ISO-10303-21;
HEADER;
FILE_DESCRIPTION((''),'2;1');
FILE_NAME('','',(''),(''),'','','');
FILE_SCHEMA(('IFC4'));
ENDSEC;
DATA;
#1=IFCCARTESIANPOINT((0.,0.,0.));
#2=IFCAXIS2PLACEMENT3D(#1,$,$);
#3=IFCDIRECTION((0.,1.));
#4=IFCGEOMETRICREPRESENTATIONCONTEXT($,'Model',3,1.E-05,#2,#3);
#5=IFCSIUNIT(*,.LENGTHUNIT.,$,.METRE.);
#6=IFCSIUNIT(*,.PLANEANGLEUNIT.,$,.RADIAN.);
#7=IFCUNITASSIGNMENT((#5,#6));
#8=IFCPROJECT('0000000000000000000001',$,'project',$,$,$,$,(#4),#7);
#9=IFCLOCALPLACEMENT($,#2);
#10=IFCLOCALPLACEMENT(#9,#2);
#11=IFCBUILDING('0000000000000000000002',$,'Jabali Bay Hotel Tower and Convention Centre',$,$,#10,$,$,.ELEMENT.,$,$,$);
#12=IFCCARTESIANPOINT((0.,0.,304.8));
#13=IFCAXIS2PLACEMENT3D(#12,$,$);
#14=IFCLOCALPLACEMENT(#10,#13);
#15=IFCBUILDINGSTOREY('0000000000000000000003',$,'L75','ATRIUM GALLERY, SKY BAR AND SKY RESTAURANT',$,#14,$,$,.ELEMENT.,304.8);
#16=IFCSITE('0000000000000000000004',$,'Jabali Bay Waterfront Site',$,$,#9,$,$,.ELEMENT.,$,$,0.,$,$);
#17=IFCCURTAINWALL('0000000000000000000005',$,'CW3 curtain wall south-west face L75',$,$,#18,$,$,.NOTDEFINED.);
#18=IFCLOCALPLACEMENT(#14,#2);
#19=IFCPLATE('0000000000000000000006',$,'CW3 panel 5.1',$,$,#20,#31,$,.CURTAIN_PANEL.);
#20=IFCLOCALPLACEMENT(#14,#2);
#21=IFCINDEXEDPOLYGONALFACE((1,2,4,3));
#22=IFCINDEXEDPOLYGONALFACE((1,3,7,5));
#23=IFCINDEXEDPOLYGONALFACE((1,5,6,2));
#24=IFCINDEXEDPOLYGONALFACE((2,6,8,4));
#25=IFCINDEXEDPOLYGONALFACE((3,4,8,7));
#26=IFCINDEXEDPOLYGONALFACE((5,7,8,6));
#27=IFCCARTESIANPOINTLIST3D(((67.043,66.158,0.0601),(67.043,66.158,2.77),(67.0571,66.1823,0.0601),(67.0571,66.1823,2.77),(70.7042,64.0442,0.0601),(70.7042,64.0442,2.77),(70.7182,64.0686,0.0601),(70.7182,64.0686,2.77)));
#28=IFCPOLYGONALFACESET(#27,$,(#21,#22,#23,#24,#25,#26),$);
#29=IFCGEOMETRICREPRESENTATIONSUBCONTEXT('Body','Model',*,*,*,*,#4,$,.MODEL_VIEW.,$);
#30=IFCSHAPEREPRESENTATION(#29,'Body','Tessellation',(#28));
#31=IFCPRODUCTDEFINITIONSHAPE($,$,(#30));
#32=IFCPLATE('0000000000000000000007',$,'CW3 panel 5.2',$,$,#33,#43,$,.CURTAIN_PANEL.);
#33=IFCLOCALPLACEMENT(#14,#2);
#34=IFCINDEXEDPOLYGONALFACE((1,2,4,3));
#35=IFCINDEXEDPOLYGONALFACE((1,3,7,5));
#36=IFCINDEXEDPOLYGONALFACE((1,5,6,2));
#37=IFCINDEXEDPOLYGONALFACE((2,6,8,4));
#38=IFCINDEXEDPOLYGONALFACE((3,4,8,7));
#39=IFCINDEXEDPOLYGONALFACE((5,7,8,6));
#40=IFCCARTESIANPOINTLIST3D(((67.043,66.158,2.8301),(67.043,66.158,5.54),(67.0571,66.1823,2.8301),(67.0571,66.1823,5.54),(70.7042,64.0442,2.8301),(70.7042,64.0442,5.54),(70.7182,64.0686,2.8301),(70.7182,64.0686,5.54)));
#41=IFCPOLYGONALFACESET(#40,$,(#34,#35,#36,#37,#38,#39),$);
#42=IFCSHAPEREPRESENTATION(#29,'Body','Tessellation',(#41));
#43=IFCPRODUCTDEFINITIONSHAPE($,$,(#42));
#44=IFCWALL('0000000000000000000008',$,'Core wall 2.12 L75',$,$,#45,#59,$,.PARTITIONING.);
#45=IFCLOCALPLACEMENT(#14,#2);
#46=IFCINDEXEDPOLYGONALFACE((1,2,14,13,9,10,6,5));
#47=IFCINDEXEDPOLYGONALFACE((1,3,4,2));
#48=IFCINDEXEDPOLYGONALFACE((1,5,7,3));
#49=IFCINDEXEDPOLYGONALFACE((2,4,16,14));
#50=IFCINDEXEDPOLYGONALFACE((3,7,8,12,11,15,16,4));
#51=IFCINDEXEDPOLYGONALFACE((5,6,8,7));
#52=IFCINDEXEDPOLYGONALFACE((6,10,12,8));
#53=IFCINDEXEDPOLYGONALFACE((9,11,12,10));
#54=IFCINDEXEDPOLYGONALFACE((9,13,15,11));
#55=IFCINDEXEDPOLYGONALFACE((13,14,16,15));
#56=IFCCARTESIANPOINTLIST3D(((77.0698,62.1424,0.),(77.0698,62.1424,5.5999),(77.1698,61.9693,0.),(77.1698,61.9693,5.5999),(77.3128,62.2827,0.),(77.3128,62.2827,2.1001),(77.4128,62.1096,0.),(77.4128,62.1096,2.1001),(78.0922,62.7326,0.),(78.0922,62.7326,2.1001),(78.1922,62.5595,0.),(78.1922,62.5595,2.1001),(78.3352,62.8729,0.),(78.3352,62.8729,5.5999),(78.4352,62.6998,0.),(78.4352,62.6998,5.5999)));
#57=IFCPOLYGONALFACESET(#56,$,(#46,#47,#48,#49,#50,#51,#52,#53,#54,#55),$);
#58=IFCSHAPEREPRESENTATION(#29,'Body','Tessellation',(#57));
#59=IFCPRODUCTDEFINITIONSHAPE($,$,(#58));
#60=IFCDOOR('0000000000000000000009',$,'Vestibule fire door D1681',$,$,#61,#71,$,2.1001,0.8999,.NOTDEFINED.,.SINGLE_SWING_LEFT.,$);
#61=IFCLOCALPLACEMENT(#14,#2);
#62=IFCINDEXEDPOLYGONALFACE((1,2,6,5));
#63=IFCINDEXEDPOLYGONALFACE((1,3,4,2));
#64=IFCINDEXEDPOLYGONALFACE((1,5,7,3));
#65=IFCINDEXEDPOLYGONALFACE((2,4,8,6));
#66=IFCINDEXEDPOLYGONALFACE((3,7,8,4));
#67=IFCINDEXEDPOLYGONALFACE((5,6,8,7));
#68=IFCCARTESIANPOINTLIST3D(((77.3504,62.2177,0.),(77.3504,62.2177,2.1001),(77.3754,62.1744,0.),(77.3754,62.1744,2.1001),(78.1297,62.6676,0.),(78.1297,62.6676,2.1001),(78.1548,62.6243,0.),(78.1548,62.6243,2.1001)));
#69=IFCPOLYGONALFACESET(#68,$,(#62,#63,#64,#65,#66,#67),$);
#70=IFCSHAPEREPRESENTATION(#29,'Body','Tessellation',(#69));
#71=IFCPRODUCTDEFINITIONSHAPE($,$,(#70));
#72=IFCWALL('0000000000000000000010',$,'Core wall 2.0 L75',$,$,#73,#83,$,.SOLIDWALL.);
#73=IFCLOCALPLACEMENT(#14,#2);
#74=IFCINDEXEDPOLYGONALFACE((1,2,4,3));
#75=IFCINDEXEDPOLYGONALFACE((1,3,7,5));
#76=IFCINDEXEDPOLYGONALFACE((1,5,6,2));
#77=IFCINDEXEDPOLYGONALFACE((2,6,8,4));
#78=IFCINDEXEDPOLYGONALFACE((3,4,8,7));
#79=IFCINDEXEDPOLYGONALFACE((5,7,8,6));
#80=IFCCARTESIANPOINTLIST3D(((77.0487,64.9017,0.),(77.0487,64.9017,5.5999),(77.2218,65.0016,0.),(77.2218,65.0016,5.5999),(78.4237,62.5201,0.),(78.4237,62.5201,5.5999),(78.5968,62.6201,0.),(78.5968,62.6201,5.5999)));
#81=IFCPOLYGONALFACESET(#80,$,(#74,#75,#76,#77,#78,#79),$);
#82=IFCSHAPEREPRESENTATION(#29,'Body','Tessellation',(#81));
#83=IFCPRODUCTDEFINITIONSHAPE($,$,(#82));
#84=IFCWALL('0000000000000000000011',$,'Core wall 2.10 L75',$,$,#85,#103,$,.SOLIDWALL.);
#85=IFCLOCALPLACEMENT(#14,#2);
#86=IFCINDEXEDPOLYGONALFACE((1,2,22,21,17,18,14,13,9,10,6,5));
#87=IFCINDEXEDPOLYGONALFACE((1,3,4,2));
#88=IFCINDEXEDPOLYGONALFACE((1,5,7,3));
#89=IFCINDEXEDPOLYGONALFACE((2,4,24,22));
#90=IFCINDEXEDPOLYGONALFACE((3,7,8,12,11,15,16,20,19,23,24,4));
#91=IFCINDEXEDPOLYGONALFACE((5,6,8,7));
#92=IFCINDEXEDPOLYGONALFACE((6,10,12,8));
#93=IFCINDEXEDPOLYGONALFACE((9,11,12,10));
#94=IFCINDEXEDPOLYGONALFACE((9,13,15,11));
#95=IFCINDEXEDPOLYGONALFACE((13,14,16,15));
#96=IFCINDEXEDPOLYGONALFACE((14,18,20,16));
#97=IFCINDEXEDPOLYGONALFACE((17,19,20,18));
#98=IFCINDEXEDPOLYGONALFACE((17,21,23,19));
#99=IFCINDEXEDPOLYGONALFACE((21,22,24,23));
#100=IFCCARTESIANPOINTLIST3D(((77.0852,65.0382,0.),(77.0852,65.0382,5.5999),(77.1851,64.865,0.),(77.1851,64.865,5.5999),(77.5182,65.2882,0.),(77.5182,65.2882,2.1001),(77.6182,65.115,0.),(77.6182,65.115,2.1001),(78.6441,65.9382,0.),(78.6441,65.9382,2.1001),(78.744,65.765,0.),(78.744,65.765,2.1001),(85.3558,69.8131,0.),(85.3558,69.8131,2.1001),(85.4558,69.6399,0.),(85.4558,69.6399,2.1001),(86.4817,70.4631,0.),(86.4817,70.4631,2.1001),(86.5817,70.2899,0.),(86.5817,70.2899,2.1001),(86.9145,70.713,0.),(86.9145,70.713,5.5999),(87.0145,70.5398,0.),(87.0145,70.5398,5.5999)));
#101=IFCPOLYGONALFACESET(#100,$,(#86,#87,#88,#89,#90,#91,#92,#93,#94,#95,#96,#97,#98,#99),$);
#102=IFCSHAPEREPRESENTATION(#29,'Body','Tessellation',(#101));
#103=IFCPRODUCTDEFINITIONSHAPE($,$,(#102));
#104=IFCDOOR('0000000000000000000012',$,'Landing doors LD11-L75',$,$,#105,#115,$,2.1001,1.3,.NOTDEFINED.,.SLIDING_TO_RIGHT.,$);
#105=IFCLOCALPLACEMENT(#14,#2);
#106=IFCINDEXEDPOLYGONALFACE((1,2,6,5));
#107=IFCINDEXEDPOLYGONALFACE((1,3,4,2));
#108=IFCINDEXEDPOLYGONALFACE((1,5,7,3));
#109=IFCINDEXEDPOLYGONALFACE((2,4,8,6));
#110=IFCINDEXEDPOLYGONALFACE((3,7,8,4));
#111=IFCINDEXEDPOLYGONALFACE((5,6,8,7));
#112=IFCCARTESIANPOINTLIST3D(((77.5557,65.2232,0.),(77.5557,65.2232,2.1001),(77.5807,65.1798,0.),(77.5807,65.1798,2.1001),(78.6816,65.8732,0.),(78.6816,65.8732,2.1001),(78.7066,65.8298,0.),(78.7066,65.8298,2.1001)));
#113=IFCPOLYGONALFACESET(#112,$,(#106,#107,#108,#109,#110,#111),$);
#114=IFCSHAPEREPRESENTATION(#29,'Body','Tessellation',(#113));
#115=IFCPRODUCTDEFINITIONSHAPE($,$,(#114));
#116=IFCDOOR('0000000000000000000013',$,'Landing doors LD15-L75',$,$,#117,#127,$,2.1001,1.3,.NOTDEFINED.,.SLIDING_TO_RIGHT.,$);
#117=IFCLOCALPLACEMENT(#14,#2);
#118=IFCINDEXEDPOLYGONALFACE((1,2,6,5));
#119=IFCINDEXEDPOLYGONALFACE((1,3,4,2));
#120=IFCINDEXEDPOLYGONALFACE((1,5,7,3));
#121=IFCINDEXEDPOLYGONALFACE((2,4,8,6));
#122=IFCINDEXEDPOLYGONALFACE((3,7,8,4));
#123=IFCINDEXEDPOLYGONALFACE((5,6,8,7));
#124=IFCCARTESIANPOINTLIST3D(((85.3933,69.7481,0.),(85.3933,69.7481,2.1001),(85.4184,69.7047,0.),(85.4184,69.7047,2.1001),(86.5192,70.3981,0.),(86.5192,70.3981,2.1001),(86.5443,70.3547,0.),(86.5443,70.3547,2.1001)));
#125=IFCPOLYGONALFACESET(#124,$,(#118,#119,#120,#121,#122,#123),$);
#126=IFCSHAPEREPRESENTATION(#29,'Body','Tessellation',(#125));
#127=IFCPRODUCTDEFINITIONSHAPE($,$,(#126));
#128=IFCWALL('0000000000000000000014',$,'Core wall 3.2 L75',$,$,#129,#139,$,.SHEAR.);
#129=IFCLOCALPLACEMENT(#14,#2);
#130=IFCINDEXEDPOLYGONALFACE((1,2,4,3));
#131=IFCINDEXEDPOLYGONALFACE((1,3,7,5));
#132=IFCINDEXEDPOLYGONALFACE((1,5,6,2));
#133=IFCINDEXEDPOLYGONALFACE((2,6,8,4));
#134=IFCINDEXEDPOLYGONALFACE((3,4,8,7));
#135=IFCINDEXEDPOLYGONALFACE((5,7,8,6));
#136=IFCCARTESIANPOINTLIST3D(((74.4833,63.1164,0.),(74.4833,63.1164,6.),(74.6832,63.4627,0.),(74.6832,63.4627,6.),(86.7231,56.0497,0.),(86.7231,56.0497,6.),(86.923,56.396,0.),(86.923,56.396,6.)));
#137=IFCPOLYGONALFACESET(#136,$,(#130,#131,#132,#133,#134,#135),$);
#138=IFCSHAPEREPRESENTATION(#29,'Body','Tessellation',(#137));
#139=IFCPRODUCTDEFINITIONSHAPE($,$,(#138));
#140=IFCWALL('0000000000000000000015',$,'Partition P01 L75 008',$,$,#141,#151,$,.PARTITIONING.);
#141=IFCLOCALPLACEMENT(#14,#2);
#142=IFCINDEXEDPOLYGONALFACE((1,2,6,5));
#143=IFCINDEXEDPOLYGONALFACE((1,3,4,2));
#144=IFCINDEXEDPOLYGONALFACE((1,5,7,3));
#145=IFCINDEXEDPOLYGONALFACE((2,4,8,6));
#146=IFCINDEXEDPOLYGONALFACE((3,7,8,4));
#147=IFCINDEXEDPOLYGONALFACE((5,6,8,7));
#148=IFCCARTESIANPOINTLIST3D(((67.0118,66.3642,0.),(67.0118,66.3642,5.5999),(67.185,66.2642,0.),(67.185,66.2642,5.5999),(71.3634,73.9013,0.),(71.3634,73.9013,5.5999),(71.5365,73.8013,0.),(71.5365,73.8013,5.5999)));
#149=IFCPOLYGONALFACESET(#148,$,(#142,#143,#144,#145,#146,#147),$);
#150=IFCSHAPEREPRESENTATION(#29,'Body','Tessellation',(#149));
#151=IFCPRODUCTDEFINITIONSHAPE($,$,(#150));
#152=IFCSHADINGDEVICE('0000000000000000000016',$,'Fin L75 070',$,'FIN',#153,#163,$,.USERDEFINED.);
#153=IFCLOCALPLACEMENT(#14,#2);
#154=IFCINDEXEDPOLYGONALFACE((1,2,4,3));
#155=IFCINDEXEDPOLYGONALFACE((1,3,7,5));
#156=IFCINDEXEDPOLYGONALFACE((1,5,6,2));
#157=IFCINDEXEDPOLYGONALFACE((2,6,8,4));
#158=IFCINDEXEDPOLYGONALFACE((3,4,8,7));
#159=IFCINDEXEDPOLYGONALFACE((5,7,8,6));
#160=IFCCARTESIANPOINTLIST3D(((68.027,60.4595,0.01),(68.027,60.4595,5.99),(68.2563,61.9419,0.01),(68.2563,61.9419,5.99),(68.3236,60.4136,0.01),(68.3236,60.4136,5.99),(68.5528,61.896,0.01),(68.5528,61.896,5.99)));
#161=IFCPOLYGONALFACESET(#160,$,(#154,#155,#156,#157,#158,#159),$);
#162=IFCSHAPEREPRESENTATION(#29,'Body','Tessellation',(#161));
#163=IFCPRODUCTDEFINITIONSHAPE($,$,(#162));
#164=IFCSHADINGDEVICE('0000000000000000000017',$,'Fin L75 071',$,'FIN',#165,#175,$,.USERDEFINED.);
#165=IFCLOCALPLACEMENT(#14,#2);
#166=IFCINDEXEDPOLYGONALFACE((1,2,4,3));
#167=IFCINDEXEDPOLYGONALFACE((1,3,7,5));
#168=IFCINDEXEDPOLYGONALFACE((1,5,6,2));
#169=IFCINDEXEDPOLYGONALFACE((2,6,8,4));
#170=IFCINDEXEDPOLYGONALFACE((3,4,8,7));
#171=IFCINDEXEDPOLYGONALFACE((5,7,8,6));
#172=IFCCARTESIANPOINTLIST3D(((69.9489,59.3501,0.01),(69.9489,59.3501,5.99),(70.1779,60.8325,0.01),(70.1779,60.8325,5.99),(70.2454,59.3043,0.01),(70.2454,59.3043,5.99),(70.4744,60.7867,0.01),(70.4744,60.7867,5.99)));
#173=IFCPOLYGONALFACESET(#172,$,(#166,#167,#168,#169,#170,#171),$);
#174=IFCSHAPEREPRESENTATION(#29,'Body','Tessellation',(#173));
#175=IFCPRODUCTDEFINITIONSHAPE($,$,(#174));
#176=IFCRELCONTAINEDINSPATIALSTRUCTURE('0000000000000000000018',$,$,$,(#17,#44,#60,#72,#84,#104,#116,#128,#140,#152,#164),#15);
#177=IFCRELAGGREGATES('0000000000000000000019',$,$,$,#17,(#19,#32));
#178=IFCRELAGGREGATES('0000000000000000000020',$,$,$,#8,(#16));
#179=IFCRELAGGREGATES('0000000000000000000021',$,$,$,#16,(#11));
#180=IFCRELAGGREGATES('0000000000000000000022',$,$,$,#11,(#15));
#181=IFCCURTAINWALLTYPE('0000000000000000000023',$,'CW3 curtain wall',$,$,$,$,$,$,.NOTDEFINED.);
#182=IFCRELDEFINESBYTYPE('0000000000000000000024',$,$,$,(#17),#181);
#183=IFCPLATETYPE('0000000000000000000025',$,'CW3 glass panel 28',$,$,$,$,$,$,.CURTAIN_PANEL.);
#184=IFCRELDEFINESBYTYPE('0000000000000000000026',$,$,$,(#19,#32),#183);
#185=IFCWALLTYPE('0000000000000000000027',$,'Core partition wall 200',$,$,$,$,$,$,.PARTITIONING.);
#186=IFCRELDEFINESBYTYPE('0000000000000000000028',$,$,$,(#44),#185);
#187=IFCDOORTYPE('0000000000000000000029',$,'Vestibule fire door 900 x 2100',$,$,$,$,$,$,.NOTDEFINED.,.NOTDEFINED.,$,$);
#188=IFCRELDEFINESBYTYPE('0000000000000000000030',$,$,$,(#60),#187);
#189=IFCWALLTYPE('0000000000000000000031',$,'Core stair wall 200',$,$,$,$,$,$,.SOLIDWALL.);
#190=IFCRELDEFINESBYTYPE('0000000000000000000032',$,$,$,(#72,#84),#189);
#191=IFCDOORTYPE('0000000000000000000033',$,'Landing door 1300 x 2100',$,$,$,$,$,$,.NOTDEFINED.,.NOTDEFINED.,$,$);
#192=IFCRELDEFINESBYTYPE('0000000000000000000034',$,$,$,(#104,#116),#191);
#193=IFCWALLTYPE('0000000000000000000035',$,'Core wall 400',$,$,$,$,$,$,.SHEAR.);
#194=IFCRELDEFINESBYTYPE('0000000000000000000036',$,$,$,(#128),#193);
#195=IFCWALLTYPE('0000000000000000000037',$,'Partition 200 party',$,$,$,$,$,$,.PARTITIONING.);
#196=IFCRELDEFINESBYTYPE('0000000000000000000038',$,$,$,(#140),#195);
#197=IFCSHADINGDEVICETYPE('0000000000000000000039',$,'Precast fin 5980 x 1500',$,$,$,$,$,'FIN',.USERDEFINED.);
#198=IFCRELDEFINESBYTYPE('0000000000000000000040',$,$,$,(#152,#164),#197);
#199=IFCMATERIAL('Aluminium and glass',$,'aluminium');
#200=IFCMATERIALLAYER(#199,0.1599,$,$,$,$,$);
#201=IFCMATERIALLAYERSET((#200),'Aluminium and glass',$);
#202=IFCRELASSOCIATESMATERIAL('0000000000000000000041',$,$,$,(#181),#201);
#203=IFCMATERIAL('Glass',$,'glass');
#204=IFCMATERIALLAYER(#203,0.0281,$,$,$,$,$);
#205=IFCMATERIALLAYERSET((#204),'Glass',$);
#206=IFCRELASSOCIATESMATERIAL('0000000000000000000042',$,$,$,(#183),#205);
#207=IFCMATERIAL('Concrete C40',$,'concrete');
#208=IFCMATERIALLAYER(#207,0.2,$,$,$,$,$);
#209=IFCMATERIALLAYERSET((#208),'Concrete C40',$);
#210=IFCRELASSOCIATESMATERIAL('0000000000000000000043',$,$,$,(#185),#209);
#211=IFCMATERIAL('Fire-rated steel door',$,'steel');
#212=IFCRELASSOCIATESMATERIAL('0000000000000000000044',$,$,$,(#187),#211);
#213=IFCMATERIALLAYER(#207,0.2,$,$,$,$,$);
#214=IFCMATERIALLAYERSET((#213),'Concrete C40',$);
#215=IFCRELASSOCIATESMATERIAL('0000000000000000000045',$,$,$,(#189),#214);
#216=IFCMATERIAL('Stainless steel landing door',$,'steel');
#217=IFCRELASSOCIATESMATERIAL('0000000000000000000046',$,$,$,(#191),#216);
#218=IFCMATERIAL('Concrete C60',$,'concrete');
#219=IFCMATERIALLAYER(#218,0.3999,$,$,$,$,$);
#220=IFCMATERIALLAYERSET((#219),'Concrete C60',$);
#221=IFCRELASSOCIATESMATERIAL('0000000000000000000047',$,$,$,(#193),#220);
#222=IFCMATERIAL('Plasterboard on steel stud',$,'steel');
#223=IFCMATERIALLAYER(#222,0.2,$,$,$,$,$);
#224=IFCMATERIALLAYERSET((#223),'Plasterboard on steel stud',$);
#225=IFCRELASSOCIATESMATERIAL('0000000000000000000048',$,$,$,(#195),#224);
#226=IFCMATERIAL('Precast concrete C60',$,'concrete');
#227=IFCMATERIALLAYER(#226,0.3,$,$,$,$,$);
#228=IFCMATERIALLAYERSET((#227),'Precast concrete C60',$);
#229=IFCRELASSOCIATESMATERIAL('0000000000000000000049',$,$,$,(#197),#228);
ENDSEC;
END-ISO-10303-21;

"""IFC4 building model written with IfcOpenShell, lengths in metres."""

from ifc_helpers import new_model, si_unit, direction, frame, frame_2d, origin, origin_2d, place, context, subcontext, project, spatial, rectangle, extrude, material, layer, layer_set, type_object, element, fill, aggregate, save


model = new_model("IFC4")

# Units and contexts
model_context = context("Model", 3, precision=1e-05, world=origin(), true_north=direction((0.0, 1.0)))
body_context = subcontext(model_context, "Body", "Model", "MODEL_VIEW")
ifc_project = project(units=[si_unit("LENGTHUNIT", "METRE"), si_unit("PLANEANGLEUNIT", "RADIAN")], contexts=[model_context])

# Site, building, storey
site_placement = place(None, origin())
site = spatial("IfcSite", under=ifc_project, at=site_placement, Name="Jabali Bay Waterfront Site", CompositionType="ELEMENT", RefElevation=0.0)
building_placement = place(site_placement, origin())
building = spatial("IfcBuilding", under=site, at=building_placement, Name="Jabali Bay Hotel Tower and Convention Centre", CompositionType="ELEMENT")
storey_placement = place(building_placement, frame((0.0, 0.0, 304.8)))
storey = spatial("IfcBuildingStorey", under=building, at=storey_placement, Name="L75", Description="ATRIUM GALLERY, SKY BAR AND SKY RESTAURANT", CompositionType="ELEMENT", Elevation=304.8)

# Shared definitions
ifc_material_1 = material(Name="Concrete C60", Category="concrete")

# Curtain wall, plates
ifc_material_2 = material(Name="Aluminium and glass", Category="aluminium")
ifc_layer_1 = layer(ifc_material_2, 0.1599)
ifc_layer_set_1 = layer_set([ifc_layer_1], Name="Aluminium and glass")
curtain_wall_type = type_object("IfcCurtainWallType", Name="CW3 curtain wall", PredefinedType="NOTDEFINED", material=ifc_layer_set_1)
curtain_wall_placement = place(storey_placement, origin())
curtain_wall = element("IfcCurtainWall", 1, at=curtain_wall_placement, inside=storey, type_object=curtain_wall_type, Name="CW3 curtain wall south-west face L75", PredefinedType="NOTDEFINED")
ifc_material_3 = material(Name="Glass", Category="glass")
ifc_layer_2 = layer(ifc_material_3, 0.0281)
ifc_layer_set_2 = layer_set([ifc_layer_2], Name="Glass")
plate_type = type_object("IfcPlateType", Name="CW3 glass panel 28", PredefinedType="CURTAIN_PANEL", material=ifc_layer_set_2)
plate_1_placement = place(storey_placement, frame((68.8806, 65.1133, 0.0601), z_axis=(0.0, 0.0, 1.0), x_axis=(-0.866025, 0.5, 0.0)))
plate_1 = element("IfcPlate", 2, at=plate_1_placement, type_object=plate_type, Name="CW3 panel 5.1", PredefinedType="CURTAIN_PANEL", context=body_context, shape_type="SweptSolid", body=[
    extrude(rectangle(XDim=4.2275, YDim=0.0281, at=origin_2d()), origin(), (0.0, 0.0, 1.0), 2.71),
])
plate_2_placement = place(storey_placement, frame((68.8806, 65.1133, 2.8301), z_axis=(0.0, 0.0, 1.0), x_axis=(-0.866025, 0.5, 0.0)))
plate_2 = element("IfcPlate", 3, at=plate_2_placement, type_object=plate_type, Name="CW3 panel 5.2", PredefinedType="CURTAIN_PANEL", context=body_context, shape_type="SweptSolid", body=[
    extrude(rectangle(XDim=4.2275, YDim=0.0281, at=origin_2d()), origin(), (0.0, 0.0, 1.0), 2.71),
])
aggregate(curtain_wall, [plate_1, plate_2])

# Wall, opening, door
ifc_material_4 = material(Name="Concrete C40", Category="concrete")
ifc_layer_3 = layer(ifc_material_4, 0.2)
ifc_layer_set_3 = layer_set([ifc_layer_3], Name="Concrete C40")
wall_type_1 = type_object("IfcWallType", Name="Core partition wall 200", PredefinedType="PARTITIONING", material=ifc_layer_set_3)
wall_1_placement = place(storey_placement, frame((77.1199, 62.0559, 0.0), z_axis=(0.0, 0.0, 1.0), x_axis=(0.866055, 0.499949, 0.0)))
wall_1 = element("IfcWall", 4, at=wall_1_placement, inside=storey, type_object=wall_type_1, Name="Core wall 2.12 L75", PredefinedType="PARTITIONING", context=body_context, shape_type="SweptSolid", body=[
    extrude(rectangle(XDim=1.4612, YDim=0.2, at=frame_2d((0.7305, 0.0))), origin(), (0.0, 0.0, 1.0), 5.5999),
])
opening_1_placement = place(wall_1_placement, frame((0.2805, 0.0, 0.0)))
opening_1 = element("IfcOpeningElement", 5, at=opening_1_placement, cuts=wall_1, PredefinedType="OPENING", context=body_context, shape_type="SweptSolid", body=[
    extrude(rectangle(XDim=0.8999, YDim=2.1001, at=frame_2d((0.45, 1.05))), frame((0.0, 0.1104, 0.0), z_axis=(0.0, -1.0, 0.0), x_axis=(1.0, 0.0, 0.0)), (0.0, 0.0, 1.0), 0.2209),
])
ifc_material_5 = material(Name="Fire-rated steel door", Category="steel")
door_type_1 = type_object("IfcDoorType", Name="Vestibule fire door 900 x 2100", OperationType="NOTDEFINED", PredefinedType="NOTDEFINED", material=ifc_material_5)
door_1_placement = place(opening_1_placement, origin())
door_1 = element("IfcDoor", 6, at=door_1_placement, inside=storey, type_object=door_type_1, Name="Vestibule fire door D1681", OperationType="SINGLE_SWING_LEFT", OverallHeight=2.1001, OverallWidth=0.8999, PredefinedType="NOTDEFINED", context=body_context, shape_type="SweptSolid", body=[
    extrude(rectangle(XDim=0.8999, YDim=2.1001, at=frame_2d((0.45, 1.05))), frame((0.0, 0.0249, 0.0), z_axis=(0.0, -1.0, 0.0), x_axis=(1.0, 0.0, 0.0)), (0.0, 0.0, 1.0), 0.05),
])
fill(opening_1, door_1)

# Wall
ifc_layer_4 = layer(ifc_material_4, 0.2)
ifc_layer_set_4 = layer_set([ifc_layer_4], Name="Concrete C40")
wall_type_2 = type_object("IfcWallType", Name="Core stair wall 200", PredefinedType="SOLIDWALL", material=ifc_layer_set_4)
wall_2_placement = place(storey_placement, frame((77.1353, 64.9517, 0.0), z_axis=(0.0, 0.0, 1.0), x_axis=(0.499997, -0.866027, 0.0)))
element("IfcWall", 7, at=wall_2_placement, inside=storey, type_object=wall_type_2, Name="Core wall 2.0 L75", PredefinedType="SOLIDWALL", context=body_context, shape_type="SweptSolid", body=[
    extrude(rectangle(XDim=2.75, YDim=0.2, at=frame_2d((1.375, 0.0))), origin(), (0.0, 0.0, 1.0), 5.5999),
])

# Wall, openings, doors
wall_3_placement = place(storey_placement, frame((77.1353, 64.9517, 0.0), z_axis=(0.0, 0.0, 1.0), x_axis=(0.866032, 0.499989, 0.0)))
wall_3 = element("IfcWall", 8, at=wall_3_placement, inside=storey, type_object=wall_type_2, Name="Core wall 2.10 L75", PredefinedType="SOLIDWALL", context=body_context, shape_type="SweptSolid", body=[
    extrude(rectangle(XDim=11.3499, YDim=0.2, at=frame_2d((5.6748, 0.0))), origin(), (0.0, 0.0, 1.0), 5.5999),
])
opening_2_placement = place(wall_3_placement, frame((0.5, 0.0, 0.0)))
opening_2 = element("IfcOpeningElement", 9, at=opening_2_placement, cuts=wall_3, PredefinedType="OPENING", context=body_context, shape_type="SweptSolid", body=[
    extrude(rectangle(XDim=1.3, YDim=2.1001, at=frame_2d((0.6499, 1.05))), frame((0.0, 0.1104, 0.0), z_axis=(0.0, -1.0, 0.0), x_axis=(1.0, 0.0, 0.0)), (0.0, 0.0, 1.0), 0.2209),
])
opening_3_placement = place(wall_3_placement, frame((9.55, 0.0, 0.0)))
opening_3 = element("IfcOpeningElement", 10, at=opening_3_placement, cuts=wall_3, PredefinedType="OPENING", context=body_context, shape_type="SweptSolid", body=[
    extrude(rectangle(XDim=1.3, YDim=2.1001, at=frame_2d((0.6499, 1.05))), frame((0.0, 0.1104, 0.0), z_axis=(0.0, -1.0, 0.0), x_axis=(1.0, 0.0, 0.0)), (0.0, 0.0, 1.0), 0.2209),
])
ifc_material_6 = material(Name="Stainless steel landing door", Category="steel")
door_type_2 = type_object("IfcDoorType", Name="Landing door 1300 x 2100", OperationType="NOTDEFINED", PredefinedType="NOTDEFINED", material=ifc_material_6)
door_2_placement = place(opening_2_placement, origin())
door_2 = element("IfcDoor", 11, at=door_2_placement, inside=storey, type_object=door_type_2, Name="Landing doors LD11-L75", OperationType="SLIDING_TO_RIGHT", OverallHeight=2.1001, OverallWidth=1.3, PredefinedType="NOTDEFINED", context=body_context, shape_type="SweptSolid", body=[
    extrude(rectangle(XDim=1.3, YDim=2.1001, at=frame_2d((0.6499, 1.05))), frame((0.0, 0.0249, 0.0), z_axis=(0.0, -1.0, 0.0), x_axis=(1.0, 0.0, 0.0)), (0.0, 0.0, 1.0), 0.05),
])
fill(opening_2, door_2)
door_3_placement = place(opening_3_placement, origin())
door_3 = element("IfcDoor", 12, at=door_3_placement, inside=storey, type_object=door_type_2, Name="Landing doors LD15-L75", OperationType="SLIDING_TO_RIGHT", OverallHeight=2.1001, OverallWidth=1.3, PredefinedType="NOTDEFINED", context=body_context, shape_type="SweptSolid", body=[
    extrude(rectangle(XDim=1.3, YDim=2.1001, at=frame_2d((0.6499, 1.05))), frame((0.0, 0.0249, 0.0), z_axis=(0.0, -1.0, 0.0), x_axis=(1.0, 0.0, 0.0)), (0.0, 0.0, 1.0), 0.05),
])
fill(opening_3, door_3)

# Walls
ifc_layer_5 = layer(ifc_material_1, 0.3999)
ifc_layer_set_5 = layer_set([ifc_layer_5], Name="Concrete C60")
wall_type_3 = type_object("IfcWallType", Name="Core wall 400", PredefinedType="SHEAR", material=ifc_layer_set_5)
wall_4_placement = place(storey_placement, frame((74.5833, 63.2896, 0.0), z_axis=(0.0, 0.0, 1.0), x_axis=(0.866024, -0.500002, 0.0)))
element("IfcWall", 13, at=wall_4_placement, inside=storey, type_object=wall_type_3, Name="Core wall 3.2 L75", PredefinedType="SHEAR", context=body_context, shape_type="SweptSolid", body=[
    extrude(rectangle(XDim=14.1333, YDim=0.3999, at=frame_2d((7.0667, 0.0))), origin(), (0.0, 0.0, 1.0), 6.0),
])
ifc_material_7 = material(Name="Plasterboard on steel stud", Category="steel")
ifc_layer_6 = layer(ifc_material_7, 0.2)
ifc_layer_set_6 = layer_set([ifc_layer_6], Name="Plasterboard on steel stud")
wall_type_4 = type_object("IfcWallType", Name="Partition 200 party", PredefinedType="PARTITIONING", material=ifc_layer_set_6)
wall_5_placement = place(storey_placement, frame((67.0984, 66.3142, 0.0), z_axis=(0.0, 0.0, 1.0), x_axis=(0.500001, 0.866025, 0.0)))
element("IfcWall", 14, at=wall_5_placement, inside=storey, type_object=wall_type_4, Name="Partition P01 L75 008", PredefinedType="PARTITIONING", context=body_context, shape_type="SweptSolid", body=[
    extrude(rectangle(XDim=8.7031, YDim=0.2, at=frame_2d((4.3516, 0.0))), origin(), (0.0, 0.0, 1.0), 5.5999),
])

# Shading devices
ifc_material_8 = material(Name="Precast concrete C60", Category="concrete")
ifc_layer_7 = layer(ifc_material_8, 0.3)
ifc_layer_set_7 = layer_set([ifc_layer_7], Name="Precast concrete C60")
shading_device_type = type_object("IfcShadingDeviceType", Name="Precast fin 5980 x 1500", ElementType="FIN", PredefinedType="USERDEFINED", material=ifc_layer_set_7)
for number, where, z_axis, x_axis, name in (
    (15, (68.4045, 61.9189, 0.01), (0.0, 0.0, 1.0), (-0.152828, -0.988253, 0.0), "Fin L75 070"),
    (16, (70.3262, 60.8096, 0.01), (0.0, 0.0, 1.0), (-0.152669, -0.988277, 0.0), "Fin L75 071"),
):
    element("IfcShadingDevice", number, at=place(storey_placement, frame(where, z_axis=z_axis, x_axis=x_axis)), inside=storey, type_object=shading_device_type, Name=name, ObjectType="FIN", PredefinedType="USERDEFINED", context=body_context, shape_type="SweptSolid", body=[
        extrude(rectangle(XDim=1.5, YDim=0.3, at=frame_2d((0.75, 0.0))), origin(), (0.0, 0.0, 1.0), 5.98),
    ])

save(model, "model.ifc")
